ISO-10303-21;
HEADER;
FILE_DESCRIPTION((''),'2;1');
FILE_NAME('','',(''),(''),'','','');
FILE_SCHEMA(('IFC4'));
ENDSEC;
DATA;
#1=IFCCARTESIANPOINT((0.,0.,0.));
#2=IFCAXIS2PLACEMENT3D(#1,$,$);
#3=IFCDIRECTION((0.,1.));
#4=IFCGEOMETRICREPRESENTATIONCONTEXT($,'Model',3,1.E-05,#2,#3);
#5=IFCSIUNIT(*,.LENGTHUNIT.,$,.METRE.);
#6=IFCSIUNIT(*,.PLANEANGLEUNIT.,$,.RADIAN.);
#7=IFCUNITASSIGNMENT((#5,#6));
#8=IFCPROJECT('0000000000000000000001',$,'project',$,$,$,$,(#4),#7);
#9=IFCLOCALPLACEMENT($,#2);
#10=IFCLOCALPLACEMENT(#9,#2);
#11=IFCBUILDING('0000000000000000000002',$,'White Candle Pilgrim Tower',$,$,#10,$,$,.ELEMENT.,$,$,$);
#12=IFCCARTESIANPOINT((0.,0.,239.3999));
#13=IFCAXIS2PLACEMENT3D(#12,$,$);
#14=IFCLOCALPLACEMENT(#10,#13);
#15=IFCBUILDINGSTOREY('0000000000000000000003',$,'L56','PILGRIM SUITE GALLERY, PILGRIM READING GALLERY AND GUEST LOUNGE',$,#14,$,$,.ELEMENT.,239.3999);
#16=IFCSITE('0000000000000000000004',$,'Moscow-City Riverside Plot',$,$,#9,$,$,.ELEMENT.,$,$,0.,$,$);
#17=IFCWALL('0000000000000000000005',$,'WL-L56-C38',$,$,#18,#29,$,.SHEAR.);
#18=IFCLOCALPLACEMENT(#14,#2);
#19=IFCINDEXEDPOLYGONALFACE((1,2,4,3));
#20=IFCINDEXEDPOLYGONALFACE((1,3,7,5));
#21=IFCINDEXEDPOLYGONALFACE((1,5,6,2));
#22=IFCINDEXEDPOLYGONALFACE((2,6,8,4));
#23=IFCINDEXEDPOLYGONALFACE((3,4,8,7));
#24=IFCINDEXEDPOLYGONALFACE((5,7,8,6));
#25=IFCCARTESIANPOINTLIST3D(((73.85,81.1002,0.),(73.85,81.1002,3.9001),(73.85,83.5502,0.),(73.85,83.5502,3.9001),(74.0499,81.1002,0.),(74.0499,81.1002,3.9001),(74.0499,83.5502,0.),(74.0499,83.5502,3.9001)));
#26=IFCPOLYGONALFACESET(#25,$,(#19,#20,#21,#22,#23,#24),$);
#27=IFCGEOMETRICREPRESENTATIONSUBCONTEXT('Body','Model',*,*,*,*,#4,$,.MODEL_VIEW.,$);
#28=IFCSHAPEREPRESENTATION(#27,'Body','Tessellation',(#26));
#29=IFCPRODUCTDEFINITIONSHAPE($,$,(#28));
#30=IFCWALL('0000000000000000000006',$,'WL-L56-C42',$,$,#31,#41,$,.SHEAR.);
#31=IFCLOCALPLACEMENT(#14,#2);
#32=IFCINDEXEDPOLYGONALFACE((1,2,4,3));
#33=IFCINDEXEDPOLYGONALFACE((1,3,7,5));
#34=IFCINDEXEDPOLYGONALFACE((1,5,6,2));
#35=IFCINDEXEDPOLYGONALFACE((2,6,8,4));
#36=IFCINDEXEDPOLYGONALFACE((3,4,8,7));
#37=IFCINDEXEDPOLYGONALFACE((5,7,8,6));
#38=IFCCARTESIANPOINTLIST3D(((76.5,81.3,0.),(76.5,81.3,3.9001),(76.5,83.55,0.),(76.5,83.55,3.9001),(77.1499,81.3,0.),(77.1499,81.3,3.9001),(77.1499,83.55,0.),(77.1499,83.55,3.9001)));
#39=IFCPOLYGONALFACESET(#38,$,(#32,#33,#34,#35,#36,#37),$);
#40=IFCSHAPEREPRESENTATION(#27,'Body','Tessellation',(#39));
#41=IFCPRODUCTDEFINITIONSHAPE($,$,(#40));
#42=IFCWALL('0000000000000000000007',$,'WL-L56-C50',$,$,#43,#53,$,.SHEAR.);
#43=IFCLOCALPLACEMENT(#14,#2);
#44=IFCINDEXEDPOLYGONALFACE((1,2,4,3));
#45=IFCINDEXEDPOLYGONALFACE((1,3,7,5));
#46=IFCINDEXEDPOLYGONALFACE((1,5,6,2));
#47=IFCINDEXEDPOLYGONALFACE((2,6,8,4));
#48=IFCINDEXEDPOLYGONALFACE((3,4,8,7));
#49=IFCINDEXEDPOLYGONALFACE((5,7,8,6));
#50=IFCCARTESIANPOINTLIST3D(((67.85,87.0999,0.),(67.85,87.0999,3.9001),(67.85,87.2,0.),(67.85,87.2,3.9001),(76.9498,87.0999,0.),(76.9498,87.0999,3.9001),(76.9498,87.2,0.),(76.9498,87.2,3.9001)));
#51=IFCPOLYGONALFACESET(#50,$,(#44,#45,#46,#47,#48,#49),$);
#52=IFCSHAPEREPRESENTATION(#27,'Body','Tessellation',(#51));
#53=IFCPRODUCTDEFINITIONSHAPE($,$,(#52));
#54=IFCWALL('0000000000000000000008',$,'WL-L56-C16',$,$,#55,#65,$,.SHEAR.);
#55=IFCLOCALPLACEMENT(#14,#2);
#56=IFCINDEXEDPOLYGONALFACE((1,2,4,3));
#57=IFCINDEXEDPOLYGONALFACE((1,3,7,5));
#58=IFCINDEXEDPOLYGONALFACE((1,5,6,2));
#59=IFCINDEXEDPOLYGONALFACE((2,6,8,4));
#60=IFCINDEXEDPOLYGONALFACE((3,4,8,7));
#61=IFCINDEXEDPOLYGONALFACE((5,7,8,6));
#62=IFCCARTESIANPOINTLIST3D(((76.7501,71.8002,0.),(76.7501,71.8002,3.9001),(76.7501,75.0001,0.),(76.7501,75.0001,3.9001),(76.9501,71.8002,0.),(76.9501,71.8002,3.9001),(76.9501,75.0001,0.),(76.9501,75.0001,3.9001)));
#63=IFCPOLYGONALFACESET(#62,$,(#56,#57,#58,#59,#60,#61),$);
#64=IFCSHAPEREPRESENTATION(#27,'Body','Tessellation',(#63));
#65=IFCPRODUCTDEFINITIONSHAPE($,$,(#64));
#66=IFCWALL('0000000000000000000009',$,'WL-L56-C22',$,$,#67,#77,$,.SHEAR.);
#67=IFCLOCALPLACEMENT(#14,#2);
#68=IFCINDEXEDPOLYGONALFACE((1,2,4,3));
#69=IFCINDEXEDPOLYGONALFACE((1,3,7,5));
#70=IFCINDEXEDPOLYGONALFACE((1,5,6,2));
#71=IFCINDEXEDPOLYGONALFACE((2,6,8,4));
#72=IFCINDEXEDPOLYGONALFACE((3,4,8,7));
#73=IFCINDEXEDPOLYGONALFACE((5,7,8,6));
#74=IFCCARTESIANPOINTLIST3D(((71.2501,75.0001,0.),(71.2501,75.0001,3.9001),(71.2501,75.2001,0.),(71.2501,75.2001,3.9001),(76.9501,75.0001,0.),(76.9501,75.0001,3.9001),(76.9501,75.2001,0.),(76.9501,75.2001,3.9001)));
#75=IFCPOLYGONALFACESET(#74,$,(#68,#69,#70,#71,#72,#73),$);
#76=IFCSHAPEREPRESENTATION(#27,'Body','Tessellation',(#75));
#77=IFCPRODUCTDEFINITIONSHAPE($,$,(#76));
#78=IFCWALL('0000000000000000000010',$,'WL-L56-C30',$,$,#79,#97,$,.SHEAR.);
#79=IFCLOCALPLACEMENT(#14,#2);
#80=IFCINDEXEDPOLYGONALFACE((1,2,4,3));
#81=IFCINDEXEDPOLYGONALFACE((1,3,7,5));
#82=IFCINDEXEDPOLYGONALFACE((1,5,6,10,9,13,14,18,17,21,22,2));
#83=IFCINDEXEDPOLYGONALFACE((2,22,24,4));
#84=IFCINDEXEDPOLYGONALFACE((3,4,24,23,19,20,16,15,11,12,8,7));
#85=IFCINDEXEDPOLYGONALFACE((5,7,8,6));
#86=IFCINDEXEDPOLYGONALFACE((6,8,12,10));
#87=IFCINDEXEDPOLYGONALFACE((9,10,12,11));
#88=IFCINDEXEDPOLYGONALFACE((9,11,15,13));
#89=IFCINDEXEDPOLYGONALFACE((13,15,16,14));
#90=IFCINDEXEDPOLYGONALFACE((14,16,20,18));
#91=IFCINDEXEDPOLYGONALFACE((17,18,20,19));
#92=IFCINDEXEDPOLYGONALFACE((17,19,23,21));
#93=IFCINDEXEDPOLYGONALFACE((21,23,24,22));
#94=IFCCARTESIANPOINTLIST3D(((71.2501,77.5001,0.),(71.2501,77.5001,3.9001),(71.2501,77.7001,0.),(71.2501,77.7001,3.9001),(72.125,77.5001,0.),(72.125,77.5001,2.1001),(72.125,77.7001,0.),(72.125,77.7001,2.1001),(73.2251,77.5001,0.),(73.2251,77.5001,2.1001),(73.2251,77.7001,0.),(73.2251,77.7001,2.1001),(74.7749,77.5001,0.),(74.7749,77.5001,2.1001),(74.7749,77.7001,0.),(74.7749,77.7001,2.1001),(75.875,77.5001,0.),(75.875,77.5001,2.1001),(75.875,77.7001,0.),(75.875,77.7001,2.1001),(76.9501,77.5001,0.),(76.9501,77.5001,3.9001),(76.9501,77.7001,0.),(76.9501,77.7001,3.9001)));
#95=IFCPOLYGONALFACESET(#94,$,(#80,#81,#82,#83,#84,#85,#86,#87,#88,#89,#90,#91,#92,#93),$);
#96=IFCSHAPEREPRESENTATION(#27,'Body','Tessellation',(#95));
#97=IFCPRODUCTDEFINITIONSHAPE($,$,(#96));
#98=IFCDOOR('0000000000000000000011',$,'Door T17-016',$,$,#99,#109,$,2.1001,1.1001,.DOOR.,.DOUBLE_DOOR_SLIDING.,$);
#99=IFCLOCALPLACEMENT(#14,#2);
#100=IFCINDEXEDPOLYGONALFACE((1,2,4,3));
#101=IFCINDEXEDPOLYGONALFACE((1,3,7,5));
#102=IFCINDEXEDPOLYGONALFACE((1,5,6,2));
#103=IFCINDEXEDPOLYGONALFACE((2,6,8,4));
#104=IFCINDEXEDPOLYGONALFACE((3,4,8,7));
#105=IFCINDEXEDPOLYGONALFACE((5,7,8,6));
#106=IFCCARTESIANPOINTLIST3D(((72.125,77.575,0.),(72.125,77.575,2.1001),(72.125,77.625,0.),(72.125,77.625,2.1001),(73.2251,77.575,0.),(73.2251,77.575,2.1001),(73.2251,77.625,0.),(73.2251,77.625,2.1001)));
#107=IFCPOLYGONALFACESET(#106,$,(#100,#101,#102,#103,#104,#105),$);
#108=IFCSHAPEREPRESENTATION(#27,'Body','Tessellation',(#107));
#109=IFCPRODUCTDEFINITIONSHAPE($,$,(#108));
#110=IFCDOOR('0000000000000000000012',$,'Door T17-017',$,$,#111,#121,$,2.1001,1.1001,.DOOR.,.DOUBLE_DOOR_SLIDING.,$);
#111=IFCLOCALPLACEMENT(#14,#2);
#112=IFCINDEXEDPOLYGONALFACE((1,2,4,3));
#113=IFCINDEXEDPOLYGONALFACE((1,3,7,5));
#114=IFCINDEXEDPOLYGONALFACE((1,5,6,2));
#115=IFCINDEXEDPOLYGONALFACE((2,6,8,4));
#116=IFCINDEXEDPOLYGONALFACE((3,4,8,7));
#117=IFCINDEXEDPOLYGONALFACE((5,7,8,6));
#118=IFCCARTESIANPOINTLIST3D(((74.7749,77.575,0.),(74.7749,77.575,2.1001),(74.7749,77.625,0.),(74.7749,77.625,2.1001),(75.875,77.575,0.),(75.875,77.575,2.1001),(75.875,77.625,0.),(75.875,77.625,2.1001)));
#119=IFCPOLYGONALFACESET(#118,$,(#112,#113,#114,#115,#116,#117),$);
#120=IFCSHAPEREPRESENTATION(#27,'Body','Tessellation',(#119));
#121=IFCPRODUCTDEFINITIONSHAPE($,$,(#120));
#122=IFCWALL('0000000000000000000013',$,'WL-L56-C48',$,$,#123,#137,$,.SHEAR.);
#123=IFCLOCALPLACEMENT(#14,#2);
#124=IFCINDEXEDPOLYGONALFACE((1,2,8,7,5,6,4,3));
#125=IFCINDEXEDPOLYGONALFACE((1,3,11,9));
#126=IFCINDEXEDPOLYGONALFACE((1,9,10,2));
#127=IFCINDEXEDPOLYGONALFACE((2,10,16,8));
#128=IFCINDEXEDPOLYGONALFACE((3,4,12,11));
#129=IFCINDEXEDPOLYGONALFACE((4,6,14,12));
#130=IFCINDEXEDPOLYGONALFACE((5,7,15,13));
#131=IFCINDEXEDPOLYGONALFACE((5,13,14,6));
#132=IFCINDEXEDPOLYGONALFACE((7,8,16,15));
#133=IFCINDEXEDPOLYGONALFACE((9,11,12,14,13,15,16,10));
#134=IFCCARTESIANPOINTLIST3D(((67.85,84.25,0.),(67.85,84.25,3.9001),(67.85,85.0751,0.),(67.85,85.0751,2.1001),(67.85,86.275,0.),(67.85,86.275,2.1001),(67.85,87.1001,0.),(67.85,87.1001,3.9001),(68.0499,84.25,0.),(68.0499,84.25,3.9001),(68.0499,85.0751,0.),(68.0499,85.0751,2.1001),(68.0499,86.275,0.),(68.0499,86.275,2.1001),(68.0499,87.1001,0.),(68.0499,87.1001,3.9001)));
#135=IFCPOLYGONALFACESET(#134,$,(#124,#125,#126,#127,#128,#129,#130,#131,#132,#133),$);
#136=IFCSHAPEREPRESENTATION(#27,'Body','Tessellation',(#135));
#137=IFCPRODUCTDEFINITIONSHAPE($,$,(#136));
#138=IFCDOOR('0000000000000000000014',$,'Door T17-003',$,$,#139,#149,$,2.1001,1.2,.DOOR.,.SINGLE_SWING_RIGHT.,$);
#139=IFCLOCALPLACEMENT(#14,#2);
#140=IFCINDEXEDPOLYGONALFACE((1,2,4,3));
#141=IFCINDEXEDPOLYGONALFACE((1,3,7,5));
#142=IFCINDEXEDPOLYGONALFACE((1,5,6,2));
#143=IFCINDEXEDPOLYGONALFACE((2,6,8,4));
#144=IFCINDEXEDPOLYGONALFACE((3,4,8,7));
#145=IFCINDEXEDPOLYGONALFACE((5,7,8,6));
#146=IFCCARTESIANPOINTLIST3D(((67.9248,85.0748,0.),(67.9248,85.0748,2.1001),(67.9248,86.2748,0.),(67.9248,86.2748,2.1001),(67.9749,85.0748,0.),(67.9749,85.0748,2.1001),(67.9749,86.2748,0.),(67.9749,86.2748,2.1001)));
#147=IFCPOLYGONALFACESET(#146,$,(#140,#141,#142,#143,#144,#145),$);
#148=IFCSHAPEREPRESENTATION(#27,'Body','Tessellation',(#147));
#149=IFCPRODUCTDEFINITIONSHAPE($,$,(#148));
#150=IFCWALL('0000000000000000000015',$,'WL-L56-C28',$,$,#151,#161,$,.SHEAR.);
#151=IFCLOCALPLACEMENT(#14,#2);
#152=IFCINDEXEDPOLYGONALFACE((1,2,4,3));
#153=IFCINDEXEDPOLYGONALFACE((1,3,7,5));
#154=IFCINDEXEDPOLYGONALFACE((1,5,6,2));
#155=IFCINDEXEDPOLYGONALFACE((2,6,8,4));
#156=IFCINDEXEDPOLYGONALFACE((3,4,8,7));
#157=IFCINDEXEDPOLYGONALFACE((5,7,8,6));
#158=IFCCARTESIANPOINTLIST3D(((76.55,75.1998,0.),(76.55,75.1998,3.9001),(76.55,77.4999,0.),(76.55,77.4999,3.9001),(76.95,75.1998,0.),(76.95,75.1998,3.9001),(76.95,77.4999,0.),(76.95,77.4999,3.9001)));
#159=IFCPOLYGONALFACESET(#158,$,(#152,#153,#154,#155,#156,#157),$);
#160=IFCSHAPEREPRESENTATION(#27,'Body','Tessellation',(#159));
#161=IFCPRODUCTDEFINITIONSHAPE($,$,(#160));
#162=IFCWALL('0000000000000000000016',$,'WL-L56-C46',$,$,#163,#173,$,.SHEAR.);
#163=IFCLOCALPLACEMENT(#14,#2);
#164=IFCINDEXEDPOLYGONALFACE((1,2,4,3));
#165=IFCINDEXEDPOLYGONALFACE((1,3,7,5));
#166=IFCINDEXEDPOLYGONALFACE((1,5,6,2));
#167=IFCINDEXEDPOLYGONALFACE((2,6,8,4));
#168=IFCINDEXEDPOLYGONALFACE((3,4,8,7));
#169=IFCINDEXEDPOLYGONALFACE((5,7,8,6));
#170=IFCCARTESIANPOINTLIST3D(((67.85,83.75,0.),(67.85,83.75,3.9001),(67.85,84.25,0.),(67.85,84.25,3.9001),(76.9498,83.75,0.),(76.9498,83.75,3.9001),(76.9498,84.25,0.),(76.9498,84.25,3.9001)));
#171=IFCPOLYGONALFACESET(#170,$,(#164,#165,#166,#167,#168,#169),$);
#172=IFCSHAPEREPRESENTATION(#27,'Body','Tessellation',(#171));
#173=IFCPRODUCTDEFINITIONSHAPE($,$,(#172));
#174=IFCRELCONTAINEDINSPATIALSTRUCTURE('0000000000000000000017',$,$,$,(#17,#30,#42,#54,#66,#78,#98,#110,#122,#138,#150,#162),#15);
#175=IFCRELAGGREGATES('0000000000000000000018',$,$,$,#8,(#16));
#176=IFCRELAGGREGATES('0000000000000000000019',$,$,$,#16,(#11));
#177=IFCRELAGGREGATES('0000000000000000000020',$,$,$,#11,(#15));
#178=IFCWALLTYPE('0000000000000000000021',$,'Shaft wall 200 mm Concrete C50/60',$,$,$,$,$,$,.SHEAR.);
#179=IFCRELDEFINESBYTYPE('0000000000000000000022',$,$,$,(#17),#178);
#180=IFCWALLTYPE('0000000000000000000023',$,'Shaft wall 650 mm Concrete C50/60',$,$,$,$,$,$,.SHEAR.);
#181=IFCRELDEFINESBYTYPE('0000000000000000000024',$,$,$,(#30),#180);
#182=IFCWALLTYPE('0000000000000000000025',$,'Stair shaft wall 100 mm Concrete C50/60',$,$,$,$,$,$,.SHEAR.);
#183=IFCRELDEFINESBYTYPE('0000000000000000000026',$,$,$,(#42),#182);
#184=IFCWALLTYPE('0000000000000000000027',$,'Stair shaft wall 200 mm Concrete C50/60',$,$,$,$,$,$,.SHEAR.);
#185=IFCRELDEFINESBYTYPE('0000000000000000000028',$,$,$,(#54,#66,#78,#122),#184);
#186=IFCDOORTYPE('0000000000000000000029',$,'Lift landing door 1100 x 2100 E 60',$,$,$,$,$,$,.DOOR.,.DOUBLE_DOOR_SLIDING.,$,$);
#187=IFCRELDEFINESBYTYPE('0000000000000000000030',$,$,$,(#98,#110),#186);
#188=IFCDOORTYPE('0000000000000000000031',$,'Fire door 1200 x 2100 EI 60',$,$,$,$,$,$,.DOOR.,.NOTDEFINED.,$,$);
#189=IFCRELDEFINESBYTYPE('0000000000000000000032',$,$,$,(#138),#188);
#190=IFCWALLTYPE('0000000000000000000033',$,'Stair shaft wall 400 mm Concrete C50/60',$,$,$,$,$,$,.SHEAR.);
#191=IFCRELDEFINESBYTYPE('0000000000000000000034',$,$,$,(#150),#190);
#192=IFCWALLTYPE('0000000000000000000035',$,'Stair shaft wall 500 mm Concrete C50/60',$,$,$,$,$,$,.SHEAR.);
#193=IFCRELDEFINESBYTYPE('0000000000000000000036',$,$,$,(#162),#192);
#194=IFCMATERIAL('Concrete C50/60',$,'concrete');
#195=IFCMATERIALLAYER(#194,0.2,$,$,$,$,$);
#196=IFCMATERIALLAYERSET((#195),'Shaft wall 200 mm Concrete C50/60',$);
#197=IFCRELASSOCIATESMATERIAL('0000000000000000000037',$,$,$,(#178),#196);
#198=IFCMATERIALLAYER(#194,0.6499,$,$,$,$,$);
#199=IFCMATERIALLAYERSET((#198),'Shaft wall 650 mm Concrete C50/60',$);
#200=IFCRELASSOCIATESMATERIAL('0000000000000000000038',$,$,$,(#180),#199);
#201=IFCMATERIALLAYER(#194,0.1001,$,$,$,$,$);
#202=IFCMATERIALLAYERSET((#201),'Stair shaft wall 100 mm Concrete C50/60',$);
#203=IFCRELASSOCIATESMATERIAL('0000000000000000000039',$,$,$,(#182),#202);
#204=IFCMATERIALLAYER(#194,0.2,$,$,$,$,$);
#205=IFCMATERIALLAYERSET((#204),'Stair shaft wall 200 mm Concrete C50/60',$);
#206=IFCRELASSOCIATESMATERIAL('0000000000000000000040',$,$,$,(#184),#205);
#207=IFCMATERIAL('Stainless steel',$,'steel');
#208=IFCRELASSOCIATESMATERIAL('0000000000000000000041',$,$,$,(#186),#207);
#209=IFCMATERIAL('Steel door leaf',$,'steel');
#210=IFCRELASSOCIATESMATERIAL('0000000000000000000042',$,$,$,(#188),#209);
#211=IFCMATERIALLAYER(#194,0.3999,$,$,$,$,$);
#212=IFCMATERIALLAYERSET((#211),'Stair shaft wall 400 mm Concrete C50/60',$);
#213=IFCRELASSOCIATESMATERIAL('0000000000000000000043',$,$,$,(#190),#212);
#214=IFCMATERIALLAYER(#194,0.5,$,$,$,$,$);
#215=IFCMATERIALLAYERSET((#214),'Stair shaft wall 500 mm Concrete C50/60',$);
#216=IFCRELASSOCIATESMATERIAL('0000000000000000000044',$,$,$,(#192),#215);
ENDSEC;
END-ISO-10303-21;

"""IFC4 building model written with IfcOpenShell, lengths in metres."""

from ifc_helpers import new_model, si_unit, direction, frame, frame_2d, origin, place, context, subcontext, project, spatial, rectangle, extrude, material, layer, layer_set, type_object, element, fill, save


model = new_model("IFC4")

# Units and contexts
model_context = context("Model", 3, precision=1e-05, world=origin(), true_north=direction((0.0, 1.0)))
body_context = subcontext(model_context, "Body", "Model", "MODEL_VIEW")
ifc_project = project(units=[si_unit("LENGTHUNIT", "METRE"), si_unit("PLANEANGLEUNIT", "RADIAN")], contexts=[model_context])

# Site, building, storey
site_placement = place(None, origin())
site = spatial("IfcSite", under=ifc_project, at=site_placement, Name="Moscow-City Riverside Plot", CompositionType="ELEMENT", RefElevation=0.0)
building_placement = place(site_placement, origin())
building = spatial("IfcBuilding", under=site, at=building_placement, Name="White Candle Pilgrim Tower", CompositionType="ELEMENT")
storey_placement = place(building_placement, frame((0.0, 0.0, 239.3999)))
storey = spatial("IfcBuildingStorey", under=building, at=storey_placement, Name="L56", Description="PILGRIM SUITE GALLERY, PILGRIM READING GALLERY AND GUEST LOUNGE", CompositionType="ELEMENT", Elevation=239.3999)

# Shared definitions
ifc_material_1 = material(Name="Concrete C50/60", Category="concrete")

# Shared definitions
ifc_material_2 = material(Name="Steel door leaf", Category="steel")

# Walls
ifc_layer_1 = layer(ifc_material_1, 0.2)
ifc_layer_set_1 = layer_set([ifc_layer_1], Name="Shaft wall 200 mm Concrete C50/60")
wall_type_1 = type_object("IfcWallType", Name="Shaft wall 200 mm Concrete C50/60", PredefinedType="SHEAR", material=ifc_layer_set_1)
for number, where, z_axis, x_axis, name in (
    (1, (73.95, 81.1001, 0.0), (0.0, 0.0, 1.0), (0.0, 1.0, 0.0), "WL-L56-C38"),
):
    element("IfcWall", number, at=place(storey_placement, frame(where, z_axis=z_axis, x_axis=x_axis)), inside=storey, type_object=wall_type_1, Name=name, PredefinedType="SHEAR", context=body_context, shape_type="SweptSolid", body=[
        extrude(rectangle(XDim=2.45, YDim=0.2, at=frame_2d((1.2251, 0.0))), origin(), (0.0, 0.0, 1.0), 3.9001),
    ])
ifc_layer_2 = layer(ifc_material_1, 0.6499)
ifc_layer_set_2 = layer_set([ifc_layer_2], Name="Shaft wall 650 mm Concrete C50/60")
wall_type_2 = type_object("IfcWallType", Name="Shaft wall 650 mm Concrete C50/60", PredefinedType="SHEAR", material=ifc_layer_set_2)
wall_1_placement = place(storey_placement, frame((76.825, 81.3, 0.0), z_axis=(0.0, 0.0, 1.0), x_axis=(0.0, 1.0, 0.0)))
element("IfcWall", 2, at=wall_1_placement, inside=storey, type_object=wall_type_2, Name="WL-L56-C42", PredefinedType="SHEAR", context=body_context, shape_type="SweptSolid", body=[
    extrude(rectangle(XDim=2.25, YDim=0.6499, at=frame_2d((1.125, 0.0))), origin(), (0.0, 0.0, 1.0), 3.9001),
])
ifc_layer_3 = layer(ifc_material_1, 0.1001)
ifc_layer_set_3 = layer_set([ifc_layer_3], Name="Stair shaft wall 100 mm Concrete C50/60")
wall_type_3 = type_object("IfcWallType", Name="Stair shaft wall 100 mm Concrete C50/60", PredefinedType="SHEAR", material=ifc_layer_set_3)
wall_2_placement = place(storey_placement, frame((67.8501, 87.1499, 0.0), z_axis=(0.0, 0.0, 1.0), x_axis=(1.0, 0.0, 0.0)))
element("IfcWall", 3, at=wall_2_placement, inside=storey, type_object=wall_type_3, Name="WL-L56-C50", PredefinedType="SHEAR", context=body_context, shape_type="SweptSolid", body=[
    extrude(rectangle(XDim=9.0999, YDim=0.1001, at=frame_2d((4.5498, 0.0))), origin(), (0.0, 0.0, 1.0), 3.9001),
])
ifc_layer_4 = layer(ifc_material_1, 0.2)
ifc_layer_set_4 = layer_set([ifc_layer_4], Name="Stair shaft wall 200 mm Concrete C50/60")
wall_type_4 = type_object("IfcWallType", Name="Stair shaft wall 200 mm Concrete C50/60", PredefinedType="SHEAR", material=ifc_layer_set_4)
wall_3_placement = place(storey_placement, frame((76.8501, 71.8, 0.0), z_axis=(0.0, 0.0, 1.0), x_axis=(0.0, 1.0, 0.0)))
element("IfcWall", 4, at=wall_3_placement, inside=storey, type_object=wall_type_4, Name="WL-L56-C16", PredefinedType="SHEAR", context=body_context, shape_type="SweptSolid", body=[
    extrude(rectangle(XDim=3.2, YDim=0.2, at=frame_2d((1.6001, 0.0))), origin(), (0.0, 0.0, 1.0), 3.9001),
])
wall_4_placement = place(storey_placement, frame((71.25, 75.1001, 0.0), z_axis=(0.0, 0.0, 1.0), x_axis=(1.0, 0.0, 0.0)))
element("IfcWall", 5, at=wall_4_placement, inside=storey, type_object=wall_type_4, Name="WL-L56-C22", PredefinedType="SHEAR", context=body_context, shape_type="SweptSolid", body=[
    extrude(rectangle(XDim=5.7, YDim=0.2, at=frame_2d((2.8501, 0.0))), origin(), (0.0, 0.0, 1.0), 3.9001),
])

# Wall, openings, doors
wall_5_placement = place(storey_placement, frame((71.25, 77.6001, 0.0), z_axis=(0.0, 0.0, 1.0), x_axis=(1.0, 0.0, 0.0)))
wall_5 = element("IfcWall", 6, at=wall_5_placement, inside=storey, type_object=wall_type_4, Name="WL-L56-C30", PredefinedType="SHEAR", context=body_context, shape_type="SweptSolid", body=[
    extrude(rectangle(XDim=5.7, YDim=0.2, at=frame_2d((2.8501, 0.0))), origin(), (0.0, 0.0, 1.0), 3.9001),
])
opening_1_placement = place(wall_5_placement, frame((0.875, 0.0, 0.0)))
opening_1 = element("IfcOpeningElement", 7, at=opening_1_placement, cuts=wall_5, PredefinedType="OPENING", context=body_context, shape_type="SweptSolid", body=[
    extrude(rectangle(XDim=1.1001, YDim=2.1001, at=frame_2d((0.55, 1.05))), frame((0.0, 0.1099, 0.0), z_axis=(0.0, -1.0, 0.0), x_axis=(1.0, 0.0, 0.0)), (0.0, 0.0, 1.0), 0.22),
])
opening_2_placement = place(wall_5_placement, frame((3.5249, 0.0, 0.0)))
opening_2 = element("IfcOpeningElement", 8, at=opening_2_placement, cuts=wall_5, PredefinedType="OPENING", context=body_context, shape_type="SweptSolid", body=[
    extrude(rectangle(XDim=1.1001, YDim=2.1001, at=frame_2d((0.55, 1.05))), frame((0.0, 0.1099, 0.0), z_axis=(0.0, -1.0, 0.0), x_axis=(1.0, 0.0, 0.0)), (0.0, 0.0, 1.0), 0.22),
])
ifc_material_3 = material(Name="Stainless steel", Category="steel")
door_type_1 = type_object("IfcDoorType", Name="Lift landing door 1100 x 2100 E 60", OperationType="DOUBLE_DOOR_SLIDING", PredefinedType="DOOR", material=ifc_material_3)
door_1_placement = place(opening_1_placement, origin())
door_1 = element("IfcDoor", 9, at=door_1_placement, inside=storey, type_object=door_type_1, Name="Door T17-016", OperationType="DOUBLE_DOOR_SLIDING", OverallHeight=2.1001, OverallWidth=1.1001, PredefinedType="DOOR", context=body_context, shape_type="SweptSolid", body=[
    extrude(rectangle(XDim=1.1001, YDim=2.1001, at=frame_2d((0.55, 1.05))), frame((0.0, 0.0249, 0.0), z_axis=(0.0, -1.0, 0.0), x_axis=(1.0, 0.0, 0.0)), (0.0, 0.0, 1.0), 0.05),
])
fill(opening_1, door_1)
door_2_placement = place(opening_2_placement, origin())
door_2 = element("IfcDoor", 10, at=door_2_placement, inside=storey, type_object=door_type_1, Name="Door T17-017", OperationType="DOUBLE_DOOR_SLIDING", OverallHeight=2.1001, OverallWidth=1.1001, PredefinedType="DOOR", context=body_context, shape_type="SweptSolid", body=[
    extrude(rectangle(XDim=1.1001, YDim=2.1001, at=frame_2d((0.55, 1.05))), frame((0.0, 0.0249, 0.0), z_axis=(0.0, -1.0, 0.0), x_axis=(1.0, 0.0, 0.0)), (0.0, 0.0, 1.0), 0.05),
])
fill(opening_2, door_2)

# Wall, opening, door
wall_6_placement = place(storey_placement, frame((67.95, 84.25, 0.0), z_axis=(0.0, 0.0, 1.0), x_axis=(0.0, 1.0, 0.0)))
wall_6 = element("IfcWall", 11, at=wall_6_placement, inside=storey, type_object=wall_type_4, Name="WL-L56-C48", PredefinedType="SHEAR", context=body_context, shape_type="SweptSolid", body=[
    extrude(rectangle(XDim=2.8501, YDim=0.2, at=frame_2d((1.425, 0.0))), origin(), (0.0, 0.0, 1.0), 3.9001),
])
opening_3_placement = place(wall_6_placement, frame((0.825, 0.0, 0.0)))
opening_3 = element("IfcOpeningElement", 12, at=opening_3_placement, cuts=wall_6, PredefinedType="OPENING", context=body_context, shape_type="SweptSolid", body=[
    extrude(rectangle(XDim=1.2, YDim=2.1001, at=frame_2d((0.6001, 1.05))), frame((0.0, 0.1099, 0.0), z_axis=(0.0, -1.0, 0.0), x_axis=(1.0, 0.0, 0.0)), (0.0, 0.0, 1.0), 0.22),
])
door_type_2 = type_object("IfcDoorType", Name="Fire door 1200 x 2100 EI 60", OperationType="NOTDEFINED", PredefinedType="DOOR", material=ifc_material_2)
door_3_placement = place(opening_3_placement, frame((1.2, 0.0, 0.0), z_axis=(0.0, 0.0, 1.0), x_axis=(-1.0, 0.0, 0.0)))
door_3 = element("IfcDoor", 13, at=door_3_placement, inside=storey, type_object=door_type_2, Name="Door T17-003", OperationType="SINGLE_SWING_RIGHT", OverallHeight=2.1001, OverallWidth=1.2, PredefinedType="DOOR", context=body_context, shape_type="SweptSolid", body=[
    extrude(rectangle(XDim=1.2, YDim=2.1001, at=frame_2d((0.6001, 1.05))), frame((0.0, 0.0249, 0.0), z_axis=(0.0, -1.0, 0.0), x_axis=(1.0, 0.0, 0.0)), (0.0, 0.0, 1.0), 0.05),
])
fill(opening_3, door_3)

# Walls
ifc_layer_5 = layer(ifc_material_1, 0.3999)
ifc_layer_set_5 = layer_set([ifc_layer_5], Name="Stair shaft wall 400 mm Concrete C50/60")
wall_type_5 = type_object("IfcWallType", Name="Stair shaft wall 400 mm Concrete C50/60", PredefinedType="SHEAR", material=ifc_layer_set_5)
wall_7_placement = place(storey_placement, frame((76.75, 75.2, 0.0), z_axis=(0.0, 0.0, 1.0), x_axis=(0.0, 1.0, 0.0)))
element("IfcWall", 14, at=wall_7_placement, inside=storey, type_object=wall_type_5, Name="WL-L56-C28", PredefinedType="SHEAR", context=body_context, shape_type="SweptSolid", body=[
    extrude(rectangle(XDim=2.3, YDim=0.3999, at=frame_2d((1.1499, 0.0))), origin(), (0.0, 0.0, 1.0), 3.9001),
])
ifc_layer_6 = layer(ifc_material_1, 0.5)
ifc_layer_set_6 = layer_set([ifc_layer_6], Name="Stair shaft wall 500 mm Concrete C50/60")
wall_type_6 = type_object("IfcWallType", Name="Stair shaft wall 500 mm Concrete C50/60", PredefinedType="SHEAR", material=ifc_layer_set_6)
wall_8_placement = place(storey_placement, frame((67.8501, 84.0, 0.0), z_axis=(0.0, 0.0, 1.0), x_axis=(1.0, 0.0, 0.0)))
element("IfcWall", 15, at=wall_8_placement, inside=storey, type_object=wall_type_6, Name="WL-L56-C46", PredefinedType="SHEAR", context=body_context, shape_type="SweptSolid", body=[
    extrude(rectangle(XDim=9.0999, YDim=0.5, at=frame_2d((4.5498, 0.0))), origin(), (0.0, 0.0, 1.0), 3.9001),
])

save(model, "model.ifc")
